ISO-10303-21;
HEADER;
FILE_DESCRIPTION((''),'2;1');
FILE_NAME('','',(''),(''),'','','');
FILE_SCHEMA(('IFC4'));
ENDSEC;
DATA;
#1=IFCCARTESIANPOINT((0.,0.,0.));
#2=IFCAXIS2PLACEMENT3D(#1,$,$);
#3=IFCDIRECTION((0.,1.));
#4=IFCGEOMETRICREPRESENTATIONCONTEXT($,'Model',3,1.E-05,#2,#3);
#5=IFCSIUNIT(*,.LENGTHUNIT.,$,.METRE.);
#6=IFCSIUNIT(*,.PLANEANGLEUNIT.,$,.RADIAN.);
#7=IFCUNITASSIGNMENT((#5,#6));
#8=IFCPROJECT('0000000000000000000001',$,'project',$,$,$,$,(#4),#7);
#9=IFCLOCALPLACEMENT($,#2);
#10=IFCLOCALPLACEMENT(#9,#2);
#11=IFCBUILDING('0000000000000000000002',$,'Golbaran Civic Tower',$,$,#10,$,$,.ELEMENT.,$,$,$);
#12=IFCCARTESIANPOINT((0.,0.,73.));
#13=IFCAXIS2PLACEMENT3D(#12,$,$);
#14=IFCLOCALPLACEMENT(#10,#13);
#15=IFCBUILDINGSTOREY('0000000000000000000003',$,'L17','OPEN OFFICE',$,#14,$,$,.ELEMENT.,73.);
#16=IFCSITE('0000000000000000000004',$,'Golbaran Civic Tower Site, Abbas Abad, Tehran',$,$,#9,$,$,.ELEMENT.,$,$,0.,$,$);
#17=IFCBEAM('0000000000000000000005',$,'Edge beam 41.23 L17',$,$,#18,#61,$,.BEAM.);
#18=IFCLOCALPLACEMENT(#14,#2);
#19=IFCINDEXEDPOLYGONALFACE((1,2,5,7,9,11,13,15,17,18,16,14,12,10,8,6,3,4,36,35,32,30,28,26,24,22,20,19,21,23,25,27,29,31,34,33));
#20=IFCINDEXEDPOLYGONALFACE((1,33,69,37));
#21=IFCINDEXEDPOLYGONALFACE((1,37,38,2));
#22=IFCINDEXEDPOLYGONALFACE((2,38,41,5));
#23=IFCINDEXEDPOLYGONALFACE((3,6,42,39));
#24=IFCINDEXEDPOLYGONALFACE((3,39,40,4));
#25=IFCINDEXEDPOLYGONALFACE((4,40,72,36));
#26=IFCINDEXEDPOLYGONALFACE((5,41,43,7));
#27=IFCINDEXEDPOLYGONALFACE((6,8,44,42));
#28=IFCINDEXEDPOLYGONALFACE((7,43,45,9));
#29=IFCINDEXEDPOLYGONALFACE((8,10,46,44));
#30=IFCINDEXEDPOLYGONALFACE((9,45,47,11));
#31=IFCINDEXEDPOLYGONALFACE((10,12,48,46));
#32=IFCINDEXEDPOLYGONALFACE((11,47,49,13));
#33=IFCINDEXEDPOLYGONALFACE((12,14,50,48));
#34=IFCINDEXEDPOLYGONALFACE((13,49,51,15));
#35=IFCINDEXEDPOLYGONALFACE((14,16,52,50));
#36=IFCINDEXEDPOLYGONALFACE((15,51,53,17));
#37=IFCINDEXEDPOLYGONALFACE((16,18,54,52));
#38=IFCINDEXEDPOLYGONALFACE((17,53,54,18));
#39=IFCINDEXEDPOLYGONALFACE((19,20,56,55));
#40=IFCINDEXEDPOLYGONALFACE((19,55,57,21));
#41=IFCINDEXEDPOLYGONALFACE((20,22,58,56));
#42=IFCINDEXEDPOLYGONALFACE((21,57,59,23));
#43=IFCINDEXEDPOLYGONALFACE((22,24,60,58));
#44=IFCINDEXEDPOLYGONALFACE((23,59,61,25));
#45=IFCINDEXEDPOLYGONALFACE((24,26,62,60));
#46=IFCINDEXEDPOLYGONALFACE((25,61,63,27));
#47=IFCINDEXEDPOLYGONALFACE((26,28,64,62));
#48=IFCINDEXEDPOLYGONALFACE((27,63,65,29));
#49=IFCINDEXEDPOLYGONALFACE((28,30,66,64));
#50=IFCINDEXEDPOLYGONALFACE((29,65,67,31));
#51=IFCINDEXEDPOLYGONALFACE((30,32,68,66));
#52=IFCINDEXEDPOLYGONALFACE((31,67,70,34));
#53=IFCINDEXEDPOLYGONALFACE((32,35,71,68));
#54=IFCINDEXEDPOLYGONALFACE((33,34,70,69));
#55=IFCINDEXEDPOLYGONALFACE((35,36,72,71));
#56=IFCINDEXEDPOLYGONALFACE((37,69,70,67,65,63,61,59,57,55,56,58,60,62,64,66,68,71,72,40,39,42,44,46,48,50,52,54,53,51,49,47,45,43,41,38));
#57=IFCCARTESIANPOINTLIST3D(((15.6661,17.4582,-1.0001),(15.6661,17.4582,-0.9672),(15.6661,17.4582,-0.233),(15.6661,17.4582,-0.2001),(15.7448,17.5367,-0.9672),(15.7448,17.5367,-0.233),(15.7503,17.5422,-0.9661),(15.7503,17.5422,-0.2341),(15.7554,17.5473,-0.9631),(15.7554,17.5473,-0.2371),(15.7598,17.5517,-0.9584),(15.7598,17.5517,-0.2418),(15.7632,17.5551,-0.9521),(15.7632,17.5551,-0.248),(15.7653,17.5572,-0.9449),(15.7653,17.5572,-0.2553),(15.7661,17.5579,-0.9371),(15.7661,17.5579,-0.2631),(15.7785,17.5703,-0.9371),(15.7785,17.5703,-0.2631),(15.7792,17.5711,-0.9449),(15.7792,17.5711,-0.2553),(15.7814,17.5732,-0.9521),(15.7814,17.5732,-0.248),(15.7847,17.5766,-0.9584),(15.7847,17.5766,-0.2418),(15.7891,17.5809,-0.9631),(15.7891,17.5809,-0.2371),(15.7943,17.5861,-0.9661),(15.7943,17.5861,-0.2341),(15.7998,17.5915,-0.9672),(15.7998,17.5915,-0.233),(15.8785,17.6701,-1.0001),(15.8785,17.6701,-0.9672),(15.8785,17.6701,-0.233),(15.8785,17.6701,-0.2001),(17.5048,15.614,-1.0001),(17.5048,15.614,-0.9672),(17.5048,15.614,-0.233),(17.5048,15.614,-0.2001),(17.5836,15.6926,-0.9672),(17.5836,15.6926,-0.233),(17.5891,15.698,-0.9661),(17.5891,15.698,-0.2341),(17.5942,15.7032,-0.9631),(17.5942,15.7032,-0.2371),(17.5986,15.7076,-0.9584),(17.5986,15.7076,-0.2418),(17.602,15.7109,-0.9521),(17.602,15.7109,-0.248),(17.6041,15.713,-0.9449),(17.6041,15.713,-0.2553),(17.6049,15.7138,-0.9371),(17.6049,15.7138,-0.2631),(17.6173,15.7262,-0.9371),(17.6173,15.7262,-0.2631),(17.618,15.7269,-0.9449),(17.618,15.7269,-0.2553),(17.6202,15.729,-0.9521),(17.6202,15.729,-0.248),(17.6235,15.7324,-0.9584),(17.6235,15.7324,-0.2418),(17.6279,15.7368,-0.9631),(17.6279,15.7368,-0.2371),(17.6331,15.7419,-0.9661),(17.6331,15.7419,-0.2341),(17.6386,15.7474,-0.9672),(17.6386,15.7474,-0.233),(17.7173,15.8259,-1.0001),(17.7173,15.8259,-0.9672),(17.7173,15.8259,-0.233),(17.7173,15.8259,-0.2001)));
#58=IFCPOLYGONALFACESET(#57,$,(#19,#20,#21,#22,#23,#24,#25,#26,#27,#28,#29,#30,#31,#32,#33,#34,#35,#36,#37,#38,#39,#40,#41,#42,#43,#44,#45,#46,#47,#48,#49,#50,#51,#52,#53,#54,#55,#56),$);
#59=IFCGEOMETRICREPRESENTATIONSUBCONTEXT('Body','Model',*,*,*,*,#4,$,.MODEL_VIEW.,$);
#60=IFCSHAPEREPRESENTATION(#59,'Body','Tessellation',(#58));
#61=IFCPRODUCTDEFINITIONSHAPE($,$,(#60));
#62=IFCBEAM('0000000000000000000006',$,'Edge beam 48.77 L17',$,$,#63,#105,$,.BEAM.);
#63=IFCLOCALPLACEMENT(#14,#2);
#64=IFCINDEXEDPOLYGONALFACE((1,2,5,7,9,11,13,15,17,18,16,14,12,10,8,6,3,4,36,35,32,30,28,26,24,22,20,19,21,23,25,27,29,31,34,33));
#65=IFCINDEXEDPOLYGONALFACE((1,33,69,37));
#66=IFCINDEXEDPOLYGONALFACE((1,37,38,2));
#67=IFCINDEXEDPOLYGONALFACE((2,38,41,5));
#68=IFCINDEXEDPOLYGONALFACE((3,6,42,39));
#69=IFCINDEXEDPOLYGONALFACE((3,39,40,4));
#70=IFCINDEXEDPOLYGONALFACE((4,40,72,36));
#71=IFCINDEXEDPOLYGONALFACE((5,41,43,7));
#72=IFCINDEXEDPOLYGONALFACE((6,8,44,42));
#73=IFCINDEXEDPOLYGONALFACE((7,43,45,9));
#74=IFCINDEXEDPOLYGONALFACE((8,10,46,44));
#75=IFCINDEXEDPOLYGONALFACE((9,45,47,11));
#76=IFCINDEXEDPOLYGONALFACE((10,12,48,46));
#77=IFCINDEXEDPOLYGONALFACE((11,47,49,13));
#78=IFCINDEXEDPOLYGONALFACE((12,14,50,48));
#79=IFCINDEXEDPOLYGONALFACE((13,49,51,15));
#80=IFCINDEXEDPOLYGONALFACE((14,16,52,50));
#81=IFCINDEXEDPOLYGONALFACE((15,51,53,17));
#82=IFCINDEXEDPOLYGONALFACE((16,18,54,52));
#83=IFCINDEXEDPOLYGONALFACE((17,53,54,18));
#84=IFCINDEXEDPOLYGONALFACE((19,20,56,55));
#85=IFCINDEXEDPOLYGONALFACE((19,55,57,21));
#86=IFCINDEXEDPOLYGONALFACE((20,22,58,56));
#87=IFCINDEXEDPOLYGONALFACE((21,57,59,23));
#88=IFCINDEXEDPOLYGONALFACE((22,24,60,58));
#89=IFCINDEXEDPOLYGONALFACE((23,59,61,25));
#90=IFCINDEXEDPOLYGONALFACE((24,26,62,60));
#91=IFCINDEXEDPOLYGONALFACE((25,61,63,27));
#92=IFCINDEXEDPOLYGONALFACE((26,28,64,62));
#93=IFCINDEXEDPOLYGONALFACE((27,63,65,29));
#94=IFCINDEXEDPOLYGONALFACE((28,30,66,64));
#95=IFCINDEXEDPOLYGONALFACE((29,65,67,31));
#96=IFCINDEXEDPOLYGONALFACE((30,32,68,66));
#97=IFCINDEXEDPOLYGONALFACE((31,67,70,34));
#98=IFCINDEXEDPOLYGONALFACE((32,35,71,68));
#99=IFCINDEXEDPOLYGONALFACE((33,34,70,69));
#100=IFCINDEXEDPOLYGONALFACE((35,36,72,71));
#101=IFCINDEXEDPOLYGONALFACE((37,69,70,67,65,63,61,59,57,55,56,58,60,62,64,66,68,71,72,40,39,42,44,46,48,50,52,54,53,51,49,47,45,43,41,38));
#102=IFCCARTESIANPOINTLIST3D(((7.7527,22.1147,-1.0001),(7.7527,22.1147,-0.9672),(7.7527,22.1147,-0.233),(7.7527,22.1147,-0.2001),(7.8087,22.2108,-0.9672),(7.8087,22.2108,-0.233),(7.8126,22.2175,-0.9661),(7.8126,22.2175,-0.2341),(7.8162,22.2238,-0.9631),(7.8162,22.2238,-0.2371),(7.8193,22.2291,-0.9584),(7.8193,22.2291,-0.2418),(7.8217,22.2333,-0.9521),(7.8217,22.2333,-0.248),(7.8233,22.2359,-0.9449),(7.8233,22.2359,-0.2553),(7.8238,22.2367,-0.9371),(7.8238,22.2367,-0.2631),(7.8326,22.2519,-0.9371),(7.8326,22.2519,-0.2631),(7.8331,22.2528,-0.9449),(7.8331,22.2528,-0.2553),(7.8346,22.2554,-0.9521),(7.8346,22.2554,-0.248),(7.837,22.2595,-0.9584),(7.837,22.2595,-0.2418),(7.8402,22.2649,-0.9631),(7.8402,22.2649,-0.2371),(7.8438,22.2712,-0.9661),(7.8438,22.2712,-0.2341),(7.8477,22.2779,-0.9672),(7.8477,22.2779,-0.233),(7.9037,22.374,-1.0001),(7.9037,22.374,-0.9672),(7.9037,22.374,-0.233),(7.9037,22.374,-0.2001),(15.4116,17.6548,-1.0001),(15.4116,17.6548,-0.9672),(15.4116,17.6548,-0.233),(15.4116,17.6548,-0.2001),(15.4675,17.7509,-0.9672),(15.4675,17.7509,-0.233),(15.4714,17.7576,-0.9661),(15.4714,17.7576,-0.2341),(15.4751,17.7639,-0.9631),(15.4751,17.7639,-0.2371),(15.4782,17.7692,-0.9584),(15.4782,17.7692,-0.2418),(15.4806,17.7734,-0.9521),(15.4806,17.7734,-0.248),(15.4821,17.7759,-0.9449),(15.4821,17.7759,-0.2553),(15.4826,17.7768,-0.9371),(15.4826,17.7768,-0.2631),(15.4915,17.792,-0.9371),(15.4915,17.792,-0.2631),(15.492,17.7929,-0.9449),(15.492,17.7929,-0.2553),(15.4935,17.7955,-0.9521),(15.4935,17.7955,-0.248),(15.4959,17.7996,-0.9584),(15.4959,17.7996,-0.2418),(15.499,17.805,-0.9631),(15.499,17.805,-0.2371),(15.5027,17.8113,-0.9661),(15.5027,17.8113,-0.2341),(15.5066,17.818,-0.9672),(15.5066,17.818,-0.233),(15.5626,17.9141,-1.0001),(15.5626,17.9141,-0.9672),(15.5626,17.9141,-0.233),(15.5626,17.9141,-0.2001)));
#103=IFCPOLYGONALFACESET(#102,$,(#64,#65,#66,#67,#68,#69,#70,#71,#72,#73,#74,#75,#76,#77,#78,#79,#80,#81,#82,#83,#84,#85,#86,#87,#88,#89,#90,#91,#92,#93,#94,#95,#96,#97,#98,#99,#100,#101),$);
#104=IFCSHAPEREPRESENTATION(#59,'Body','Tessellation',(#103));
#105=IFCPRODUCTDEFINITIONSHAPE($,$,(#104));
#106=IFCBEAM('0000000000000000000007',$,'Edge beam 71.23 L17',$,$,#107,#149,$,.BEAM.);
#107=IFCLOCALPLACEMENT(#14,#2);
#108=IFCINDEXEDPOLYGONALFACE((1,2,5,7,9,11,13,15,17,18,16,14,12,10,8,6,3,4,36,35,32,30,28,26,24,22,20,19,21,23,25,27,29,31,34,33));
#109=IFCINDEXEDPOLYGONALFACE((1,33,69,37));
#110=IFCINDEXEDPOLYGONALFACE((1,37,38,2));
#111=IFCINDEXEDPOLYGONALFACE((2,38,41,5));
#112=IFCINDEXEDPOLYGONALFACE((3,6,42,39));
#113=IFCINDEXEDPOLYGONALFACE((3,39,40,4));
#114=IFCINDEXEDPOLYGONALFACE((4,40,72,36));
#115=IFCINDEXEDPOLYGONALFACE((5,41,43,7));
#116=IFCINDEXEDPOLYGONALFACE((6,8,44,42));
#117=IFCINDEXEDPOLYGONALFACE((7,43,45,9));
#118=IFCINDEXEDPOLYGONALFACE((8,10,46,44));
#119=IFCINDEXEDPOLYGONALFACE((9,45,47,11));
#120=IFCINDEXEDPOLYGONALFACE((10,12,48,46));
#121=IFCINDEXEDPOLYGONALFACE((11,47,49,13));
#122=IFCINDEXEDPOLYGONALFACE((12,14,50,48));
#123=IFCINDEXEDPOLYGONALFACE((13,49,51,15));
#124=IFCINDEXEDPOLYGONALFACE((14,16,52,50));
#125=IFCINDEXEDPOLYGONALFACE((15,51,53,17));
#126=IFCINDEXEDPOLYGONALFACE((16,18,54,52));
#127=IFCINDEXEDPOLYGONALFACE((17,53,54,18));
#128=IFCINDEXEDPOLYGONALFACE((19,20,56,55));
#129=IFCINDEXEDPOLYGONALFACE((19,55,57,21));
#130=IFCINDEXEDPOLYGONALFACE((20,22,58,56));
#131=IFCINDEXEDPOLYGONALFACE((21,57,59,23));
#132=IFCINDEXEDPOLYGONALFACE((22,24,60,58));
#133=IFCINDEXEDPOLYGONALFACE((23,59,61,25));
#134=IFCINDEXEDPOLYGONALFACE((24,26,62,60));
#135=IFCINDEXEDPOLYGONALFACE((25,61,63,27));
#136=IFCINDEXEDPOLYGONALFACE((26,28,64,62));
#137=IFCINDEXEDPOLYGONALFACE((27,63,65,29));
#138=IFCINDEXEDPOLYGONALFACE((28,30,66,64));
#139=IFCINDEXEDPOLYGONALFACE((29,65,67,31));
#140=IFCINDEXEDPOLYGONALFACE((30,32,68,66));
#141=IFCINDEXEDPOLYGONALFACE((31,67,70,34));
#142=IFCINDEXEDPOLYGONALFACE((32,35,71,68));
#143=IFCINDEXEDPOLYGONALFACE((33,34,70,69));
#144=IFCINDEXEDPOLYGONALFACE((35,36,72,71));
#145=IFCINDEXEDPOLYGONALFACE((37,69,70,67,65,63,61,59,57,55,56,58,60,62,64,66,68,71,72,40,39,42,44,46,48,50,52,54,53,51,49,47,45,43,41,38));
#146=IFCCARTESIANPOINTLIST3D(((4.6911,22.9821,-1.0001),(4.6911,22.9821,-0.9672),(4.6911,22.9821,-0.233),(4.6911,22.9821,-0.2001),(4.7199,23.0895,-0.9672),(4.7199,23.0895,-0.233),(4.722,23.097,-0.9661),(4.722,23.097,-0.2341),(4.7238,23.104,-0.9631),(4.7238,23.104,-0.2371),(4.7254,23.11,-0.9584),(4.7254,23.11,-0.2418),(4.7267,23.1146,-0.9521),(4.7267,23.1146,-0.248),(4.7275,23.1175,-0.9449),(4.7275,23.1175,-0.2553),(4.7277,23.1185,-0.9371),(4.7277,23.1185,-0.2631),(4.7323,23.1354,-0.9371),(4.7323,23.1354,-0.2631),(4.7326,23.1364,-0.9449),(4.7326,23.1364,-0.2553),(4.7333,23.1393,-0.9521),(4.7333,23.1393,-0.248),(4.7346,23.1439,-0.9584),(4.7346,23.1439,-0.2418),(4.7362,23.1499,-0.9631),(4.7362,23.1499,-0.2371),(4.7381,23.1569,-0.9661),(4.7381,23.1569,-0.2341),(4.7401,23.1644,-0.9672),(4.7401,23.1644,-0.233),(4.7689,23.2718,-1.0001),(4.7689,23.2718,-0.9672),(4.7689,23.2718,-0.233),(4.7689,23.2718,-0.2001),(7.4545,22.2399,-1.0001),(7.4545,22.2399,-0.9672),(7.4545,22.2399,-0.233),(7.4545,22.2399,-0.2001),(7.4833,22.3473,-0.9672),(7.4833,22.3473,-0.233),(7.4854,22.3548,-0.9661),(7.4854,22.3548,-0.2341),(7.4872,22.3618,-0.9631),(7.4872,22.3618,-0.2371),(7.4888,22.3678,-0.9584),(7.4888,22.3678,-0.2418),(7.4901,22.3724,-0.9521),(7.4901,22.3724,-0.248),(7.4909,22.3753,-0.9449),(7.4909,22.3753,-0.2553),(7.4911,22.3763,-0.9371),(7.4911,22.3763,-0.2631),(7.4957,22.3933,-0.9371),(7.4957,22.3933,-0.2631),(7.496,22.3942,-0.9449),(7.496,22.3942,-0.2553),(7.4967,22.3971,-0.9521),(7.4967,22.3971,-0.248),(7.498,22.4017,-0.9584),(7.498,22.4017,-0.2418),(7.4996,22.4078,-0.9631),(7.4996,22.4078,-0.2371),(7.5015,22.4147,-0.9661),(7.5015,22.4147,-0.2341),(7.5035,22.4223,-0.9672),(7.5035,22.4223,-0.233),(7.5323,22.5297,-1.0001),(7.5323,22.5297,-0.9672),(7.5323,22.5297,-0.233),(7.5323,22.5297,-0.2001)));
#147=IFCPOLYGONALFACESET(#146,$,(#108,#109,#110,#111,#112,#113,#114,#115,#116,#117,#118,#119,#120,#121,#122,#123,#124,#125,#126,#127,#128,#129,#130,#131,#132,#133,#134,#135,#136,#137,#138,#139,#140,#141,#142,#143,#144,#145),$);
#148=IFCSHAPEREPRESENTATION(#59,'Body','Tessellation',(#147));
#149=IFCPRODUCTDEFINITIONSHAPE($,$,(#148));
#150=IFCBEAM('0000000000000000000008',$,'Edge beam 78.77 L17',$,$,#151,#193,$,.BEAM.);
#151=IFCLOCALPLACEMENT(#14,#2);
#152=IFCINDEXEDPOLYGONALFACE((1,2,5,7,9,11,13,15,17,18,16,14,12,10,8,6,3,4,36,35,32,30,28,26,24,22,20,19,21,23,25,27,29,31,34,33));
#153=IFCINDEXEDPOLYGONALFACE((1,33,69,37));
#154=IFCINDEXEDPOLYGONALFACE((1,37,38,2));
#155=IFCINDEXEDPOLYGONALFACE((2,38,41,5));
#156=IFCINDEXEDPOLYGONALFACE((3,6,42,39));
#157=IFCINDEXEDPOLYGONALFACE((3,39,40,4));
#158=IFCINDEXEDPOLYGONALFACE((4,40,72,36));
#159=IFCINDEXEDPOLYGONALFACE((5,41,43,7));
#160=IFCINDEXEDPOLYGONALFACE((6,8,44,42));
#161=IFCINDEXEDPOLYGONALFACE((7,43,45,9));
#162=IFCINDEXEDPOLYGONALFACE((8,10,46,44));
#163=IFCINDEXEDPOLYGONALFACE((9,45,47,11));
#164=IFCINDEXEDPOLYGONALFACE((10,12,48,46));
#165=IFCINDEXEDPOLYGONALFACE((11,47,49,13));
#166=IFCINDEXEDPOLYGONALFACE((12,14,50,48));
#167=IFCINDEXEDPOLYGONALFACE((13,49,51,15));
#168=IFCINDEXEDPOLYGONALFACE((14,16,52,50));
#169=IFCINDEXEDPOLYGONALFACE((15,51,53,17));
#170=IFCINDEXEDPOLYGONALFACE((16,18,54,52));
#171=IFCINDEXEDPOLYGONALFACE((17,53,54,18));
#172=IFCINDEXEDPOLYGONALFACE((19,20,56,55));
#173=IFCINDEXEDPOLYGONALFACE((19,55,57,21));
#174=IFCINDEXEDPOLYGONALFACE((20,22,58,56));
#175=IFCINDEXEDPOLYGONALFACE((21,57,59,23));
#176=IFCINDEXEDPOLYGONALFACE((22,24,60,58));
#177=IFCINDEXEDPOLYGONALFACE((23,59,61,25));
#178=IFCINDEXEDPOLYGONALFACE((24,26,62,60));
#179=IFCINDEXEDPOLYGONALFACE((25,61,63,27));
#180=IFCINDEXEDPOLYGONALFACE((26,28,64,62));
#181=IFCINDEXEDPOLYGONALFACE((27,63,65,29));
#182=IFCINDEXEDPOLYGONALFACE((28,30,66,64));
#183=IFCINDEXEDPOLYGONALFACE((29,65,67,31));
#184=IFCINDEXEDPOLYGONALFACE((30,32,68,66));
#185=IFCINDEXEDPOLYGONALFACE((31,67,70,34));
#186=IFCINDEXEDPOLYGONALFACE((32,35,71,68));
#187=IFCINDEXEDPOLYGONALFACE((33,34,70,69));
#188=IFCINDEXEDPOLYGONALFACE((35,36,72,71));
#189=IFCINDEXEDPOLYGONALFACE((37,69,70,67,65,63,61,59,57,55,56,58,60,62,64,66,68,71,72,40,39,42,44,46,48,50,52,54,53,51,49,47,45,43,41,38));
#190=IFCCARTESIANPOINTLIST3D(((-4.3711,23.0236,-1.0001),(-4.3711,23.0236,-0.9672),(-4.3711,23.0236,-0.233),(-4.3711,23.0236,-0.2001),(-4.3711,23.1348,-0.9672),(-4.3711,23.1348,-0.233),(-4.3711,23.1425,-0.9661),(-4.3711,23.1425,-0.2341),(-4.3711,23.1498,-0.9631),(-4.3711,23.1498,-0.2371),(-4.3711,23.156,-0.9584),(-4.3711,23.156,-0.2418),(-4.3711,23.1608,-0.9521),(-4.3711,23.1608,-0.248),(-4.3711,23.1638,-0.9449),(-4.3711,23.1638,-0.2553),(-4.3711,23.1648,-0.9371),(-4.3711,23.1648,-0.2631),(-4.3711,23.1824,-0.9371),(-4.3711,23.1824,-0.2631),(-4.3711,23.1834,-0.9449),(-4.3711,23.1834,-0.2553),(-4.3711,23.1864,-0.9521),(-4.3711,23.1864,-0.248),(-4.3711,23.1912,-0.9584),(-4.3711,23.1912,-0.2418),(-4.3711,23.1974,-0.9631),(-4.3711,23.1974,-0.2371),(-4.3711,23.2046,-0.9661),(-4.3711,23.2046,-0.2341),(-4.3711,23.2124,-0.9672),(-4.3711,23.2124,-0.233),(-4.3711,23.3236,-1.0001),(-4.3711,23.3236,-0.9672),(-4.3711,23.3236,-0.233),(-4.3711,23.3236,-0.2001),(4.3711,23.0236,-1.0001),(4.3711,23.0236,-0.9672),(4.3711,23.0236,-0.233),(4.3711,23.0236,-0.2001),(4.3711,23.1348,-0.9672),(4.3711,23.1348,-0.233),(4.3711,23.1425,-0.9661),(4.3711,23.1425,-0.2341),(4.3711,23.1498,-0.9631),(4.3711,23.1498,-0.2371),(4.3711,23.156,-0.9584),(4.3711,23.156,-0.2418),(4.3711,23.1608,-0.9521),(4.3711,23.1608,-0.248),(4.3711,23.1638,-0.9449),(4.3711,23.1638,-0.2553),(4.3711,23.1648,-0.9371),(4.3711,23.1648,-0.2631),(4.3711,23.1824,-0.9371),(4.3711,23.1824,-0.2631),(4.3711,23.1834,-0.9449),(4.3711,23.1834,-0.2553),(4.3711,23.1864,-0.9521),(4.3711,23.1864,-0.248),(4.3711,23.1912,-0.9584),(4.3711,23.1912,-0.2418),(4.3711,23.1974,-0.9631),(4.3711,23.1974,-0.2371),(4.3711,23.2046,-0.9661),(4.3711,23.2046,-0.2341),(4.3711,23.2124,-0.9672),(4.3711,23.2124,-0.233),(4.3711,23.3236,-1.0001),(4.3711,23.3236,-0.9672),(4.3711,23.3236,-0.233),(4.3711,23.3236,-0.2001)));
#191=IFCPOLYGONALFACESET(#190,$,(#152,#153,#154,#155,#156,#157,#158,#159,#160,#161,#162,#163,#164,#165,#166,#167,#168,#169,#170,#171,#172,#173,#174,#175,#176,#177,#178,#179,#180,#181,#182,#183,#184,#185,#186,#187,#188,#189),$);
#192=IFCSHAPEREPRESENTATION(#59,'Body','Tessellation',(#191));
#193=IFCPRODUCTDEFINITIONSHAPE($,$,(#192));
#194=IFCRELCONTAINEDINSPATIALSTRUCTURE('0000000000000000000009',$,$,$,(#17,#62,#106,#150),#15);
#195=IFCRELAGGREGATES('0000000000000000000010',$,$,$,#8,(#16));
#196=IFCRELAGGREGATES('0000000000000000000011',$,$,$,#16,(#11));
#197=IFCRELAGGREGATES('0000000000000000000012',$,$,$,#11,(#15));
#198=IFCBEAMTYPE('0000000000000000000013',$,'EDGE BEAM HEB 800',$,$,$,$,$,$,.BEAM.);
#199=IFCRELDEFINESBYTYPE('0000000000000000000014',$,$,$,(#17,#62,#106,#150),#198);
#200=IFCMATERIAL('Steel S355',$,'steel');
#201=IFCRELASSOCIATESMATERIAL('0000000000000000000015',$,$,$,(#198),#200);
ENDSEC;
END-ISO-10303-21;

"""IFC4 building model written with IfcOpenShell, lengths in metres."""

from ifc_helpers import new_model, si_unit, direction, frame, origin, origin_2d, place, context, subcontext, project, spatial, i_section, extrude, material, material_profile, profile_set, type_object, element, save


model = new_model("IFC4")

# Units and contexts
model_context = context("Model", 3, precision=1e-05, world=origin(), true_north=direction((0.0, 1.0)))
body_context = subcontext(model_context, "Body", "Model", "MODEL_VIEW")
ifc_project = project(units=[si_unit("LENGTHUNIT", "METRE"), si_unit("PLANEANGLEUNIT", "RADIAN")], contexts=[model_context])

# Site, building, storey
site_placement = place(None, origin())
site = spatial("IfcSite", under=ifc_project, at=site_placement, Name="Golbaran Civic Tower Site, Abbas Abad, Tehran", CompositionType="ELEMENT", RefElevation=0.0)
building_placement = place(site_placement, origin())
building = spatial("IfcBuilding", under=site, at=building_placement, Name="Golbaran Civic Tower", CompositionType="ELEMENT")
storey_placement = place(building_placement, frame((0.0, 0.0, 73.0)))
storey = spatial("IfcBuildingStorey", under=building, at=storey_placement, Name="L17", Description="OPEN OFFICE", CompositionType="ELEMENT", Elevation=73.0)

# Beams
ifc_material_1 = material(Name="Steel S355", Category="steel")
ifc_material_profile_1 = material_profile(ifc_material_1, i_section(OverallWidth=0.3, OverallDepth=0.8, WebThickness=0.0176, FlangeThickness=0.033, FilletRadius=0.03, at=origin_2d()), Name="HEB 800")
ifc_profile_set_1 = profile_set([ifc_material_profile_1], Name="Steel S355")
beam_type_1 = type_object("IfcBeamType", Name="EDGE BEAM HEB 800", PredefinedType="BEAM", material=ifc_profile_set_1)
beam_1_placement = place(storey_placement, frame((17.6111, 15.72, -0.6001), z_axis=(-0.706075, 0.708137, 0.0), x_axis=(-0.708137, -0.706075, 0.0)))
element("IfcBeam", 1, at=beam_1_placement, inside=storey, type_object=beam_type_1, Name="Edge beam 41.23 L17", PredefinedType="BEAM", context=body_context, shape_type="SweptSolid", body=[
    extrude(i_section(OverallWidth=0.3, OverallDepth=0.8, WebThickness=0.0176, FlangeThickness=0.033, FilletRadius=0.03, at=origin_2d()), origin(), (0.0, 0.0, 1.0), 2.6042),
])
beam_2_placement = place(storey_placement, frame((15.4871, 17.7844, -0.6001), z_axis=(-0.864159, 0.503218, 0.0), x_axis=(-0.503218, -0.864159, 0.0)))
element("IfcBeam", 2, at=beam_2_placement, inside=storey, type_object=beam_type_1, Name="Edge beam 48.77 L17", PredefinedType="BEAM", context=body_context, shape_type="SweptSolid", body=[
    extrude(i_section(OverallWidth=0.3, OverallDepth=0.8, WebThickness=0.0176, FlangeThickness=0.033, FilletRadius=0.03, at=origin_2d()), origin(), (0.0, 0.0, 1.0), 8.8628),
])
beam_3_placement = place(storey_placement, frame((7.4934, 22.3848, -0.6001), z_axis=(-0.965775, 0.259383, 0.0), x_axis=(-0.259383, -0.965775, 0.0)))
element("IfcBeam", 3, at=beam_3_placement, inside=storey, type_object=beam_type_1, Name="Edge beam 71.23 L17", PredefinedType="BEAM", context=body_context, shape_type="SweptSolid", body=[
    extrude(i_section(OverallWidth=0.3, OverallDepth=0.8, WebThickness=0.0176, FlangeThickness=0.033, FilletRadius=0.03, at=origin_2d()), origin(), (0.0, 0.0, 1.0), 2.8613),
])
beam_4_placement = place(storey_placement, frame((4.3711, 23.1736, -0.6001), z_axis=(-1.0, 0.0, 0.0), x_axis=(0.0, -1.0, 0.0)))
element("IfcBeam", 4, at=beam_4_placement, inside=storey, type_object=beam_type_1, Name="Edge beam 78.77 L17", PredefinedType="BEAM", context=body_context, shape_type="SweptSolid", body=[
    extrude(i_section(OverallWidth=0.3, OverallDepth=0.8, WebThickness=0.0176, FlangeThickness=0.033, FilletRadius=0.03, at=origin_2d()), origin(), (0.0, 0.0, 1.0), 8.7422),
])

save(model, "model.ifc")
